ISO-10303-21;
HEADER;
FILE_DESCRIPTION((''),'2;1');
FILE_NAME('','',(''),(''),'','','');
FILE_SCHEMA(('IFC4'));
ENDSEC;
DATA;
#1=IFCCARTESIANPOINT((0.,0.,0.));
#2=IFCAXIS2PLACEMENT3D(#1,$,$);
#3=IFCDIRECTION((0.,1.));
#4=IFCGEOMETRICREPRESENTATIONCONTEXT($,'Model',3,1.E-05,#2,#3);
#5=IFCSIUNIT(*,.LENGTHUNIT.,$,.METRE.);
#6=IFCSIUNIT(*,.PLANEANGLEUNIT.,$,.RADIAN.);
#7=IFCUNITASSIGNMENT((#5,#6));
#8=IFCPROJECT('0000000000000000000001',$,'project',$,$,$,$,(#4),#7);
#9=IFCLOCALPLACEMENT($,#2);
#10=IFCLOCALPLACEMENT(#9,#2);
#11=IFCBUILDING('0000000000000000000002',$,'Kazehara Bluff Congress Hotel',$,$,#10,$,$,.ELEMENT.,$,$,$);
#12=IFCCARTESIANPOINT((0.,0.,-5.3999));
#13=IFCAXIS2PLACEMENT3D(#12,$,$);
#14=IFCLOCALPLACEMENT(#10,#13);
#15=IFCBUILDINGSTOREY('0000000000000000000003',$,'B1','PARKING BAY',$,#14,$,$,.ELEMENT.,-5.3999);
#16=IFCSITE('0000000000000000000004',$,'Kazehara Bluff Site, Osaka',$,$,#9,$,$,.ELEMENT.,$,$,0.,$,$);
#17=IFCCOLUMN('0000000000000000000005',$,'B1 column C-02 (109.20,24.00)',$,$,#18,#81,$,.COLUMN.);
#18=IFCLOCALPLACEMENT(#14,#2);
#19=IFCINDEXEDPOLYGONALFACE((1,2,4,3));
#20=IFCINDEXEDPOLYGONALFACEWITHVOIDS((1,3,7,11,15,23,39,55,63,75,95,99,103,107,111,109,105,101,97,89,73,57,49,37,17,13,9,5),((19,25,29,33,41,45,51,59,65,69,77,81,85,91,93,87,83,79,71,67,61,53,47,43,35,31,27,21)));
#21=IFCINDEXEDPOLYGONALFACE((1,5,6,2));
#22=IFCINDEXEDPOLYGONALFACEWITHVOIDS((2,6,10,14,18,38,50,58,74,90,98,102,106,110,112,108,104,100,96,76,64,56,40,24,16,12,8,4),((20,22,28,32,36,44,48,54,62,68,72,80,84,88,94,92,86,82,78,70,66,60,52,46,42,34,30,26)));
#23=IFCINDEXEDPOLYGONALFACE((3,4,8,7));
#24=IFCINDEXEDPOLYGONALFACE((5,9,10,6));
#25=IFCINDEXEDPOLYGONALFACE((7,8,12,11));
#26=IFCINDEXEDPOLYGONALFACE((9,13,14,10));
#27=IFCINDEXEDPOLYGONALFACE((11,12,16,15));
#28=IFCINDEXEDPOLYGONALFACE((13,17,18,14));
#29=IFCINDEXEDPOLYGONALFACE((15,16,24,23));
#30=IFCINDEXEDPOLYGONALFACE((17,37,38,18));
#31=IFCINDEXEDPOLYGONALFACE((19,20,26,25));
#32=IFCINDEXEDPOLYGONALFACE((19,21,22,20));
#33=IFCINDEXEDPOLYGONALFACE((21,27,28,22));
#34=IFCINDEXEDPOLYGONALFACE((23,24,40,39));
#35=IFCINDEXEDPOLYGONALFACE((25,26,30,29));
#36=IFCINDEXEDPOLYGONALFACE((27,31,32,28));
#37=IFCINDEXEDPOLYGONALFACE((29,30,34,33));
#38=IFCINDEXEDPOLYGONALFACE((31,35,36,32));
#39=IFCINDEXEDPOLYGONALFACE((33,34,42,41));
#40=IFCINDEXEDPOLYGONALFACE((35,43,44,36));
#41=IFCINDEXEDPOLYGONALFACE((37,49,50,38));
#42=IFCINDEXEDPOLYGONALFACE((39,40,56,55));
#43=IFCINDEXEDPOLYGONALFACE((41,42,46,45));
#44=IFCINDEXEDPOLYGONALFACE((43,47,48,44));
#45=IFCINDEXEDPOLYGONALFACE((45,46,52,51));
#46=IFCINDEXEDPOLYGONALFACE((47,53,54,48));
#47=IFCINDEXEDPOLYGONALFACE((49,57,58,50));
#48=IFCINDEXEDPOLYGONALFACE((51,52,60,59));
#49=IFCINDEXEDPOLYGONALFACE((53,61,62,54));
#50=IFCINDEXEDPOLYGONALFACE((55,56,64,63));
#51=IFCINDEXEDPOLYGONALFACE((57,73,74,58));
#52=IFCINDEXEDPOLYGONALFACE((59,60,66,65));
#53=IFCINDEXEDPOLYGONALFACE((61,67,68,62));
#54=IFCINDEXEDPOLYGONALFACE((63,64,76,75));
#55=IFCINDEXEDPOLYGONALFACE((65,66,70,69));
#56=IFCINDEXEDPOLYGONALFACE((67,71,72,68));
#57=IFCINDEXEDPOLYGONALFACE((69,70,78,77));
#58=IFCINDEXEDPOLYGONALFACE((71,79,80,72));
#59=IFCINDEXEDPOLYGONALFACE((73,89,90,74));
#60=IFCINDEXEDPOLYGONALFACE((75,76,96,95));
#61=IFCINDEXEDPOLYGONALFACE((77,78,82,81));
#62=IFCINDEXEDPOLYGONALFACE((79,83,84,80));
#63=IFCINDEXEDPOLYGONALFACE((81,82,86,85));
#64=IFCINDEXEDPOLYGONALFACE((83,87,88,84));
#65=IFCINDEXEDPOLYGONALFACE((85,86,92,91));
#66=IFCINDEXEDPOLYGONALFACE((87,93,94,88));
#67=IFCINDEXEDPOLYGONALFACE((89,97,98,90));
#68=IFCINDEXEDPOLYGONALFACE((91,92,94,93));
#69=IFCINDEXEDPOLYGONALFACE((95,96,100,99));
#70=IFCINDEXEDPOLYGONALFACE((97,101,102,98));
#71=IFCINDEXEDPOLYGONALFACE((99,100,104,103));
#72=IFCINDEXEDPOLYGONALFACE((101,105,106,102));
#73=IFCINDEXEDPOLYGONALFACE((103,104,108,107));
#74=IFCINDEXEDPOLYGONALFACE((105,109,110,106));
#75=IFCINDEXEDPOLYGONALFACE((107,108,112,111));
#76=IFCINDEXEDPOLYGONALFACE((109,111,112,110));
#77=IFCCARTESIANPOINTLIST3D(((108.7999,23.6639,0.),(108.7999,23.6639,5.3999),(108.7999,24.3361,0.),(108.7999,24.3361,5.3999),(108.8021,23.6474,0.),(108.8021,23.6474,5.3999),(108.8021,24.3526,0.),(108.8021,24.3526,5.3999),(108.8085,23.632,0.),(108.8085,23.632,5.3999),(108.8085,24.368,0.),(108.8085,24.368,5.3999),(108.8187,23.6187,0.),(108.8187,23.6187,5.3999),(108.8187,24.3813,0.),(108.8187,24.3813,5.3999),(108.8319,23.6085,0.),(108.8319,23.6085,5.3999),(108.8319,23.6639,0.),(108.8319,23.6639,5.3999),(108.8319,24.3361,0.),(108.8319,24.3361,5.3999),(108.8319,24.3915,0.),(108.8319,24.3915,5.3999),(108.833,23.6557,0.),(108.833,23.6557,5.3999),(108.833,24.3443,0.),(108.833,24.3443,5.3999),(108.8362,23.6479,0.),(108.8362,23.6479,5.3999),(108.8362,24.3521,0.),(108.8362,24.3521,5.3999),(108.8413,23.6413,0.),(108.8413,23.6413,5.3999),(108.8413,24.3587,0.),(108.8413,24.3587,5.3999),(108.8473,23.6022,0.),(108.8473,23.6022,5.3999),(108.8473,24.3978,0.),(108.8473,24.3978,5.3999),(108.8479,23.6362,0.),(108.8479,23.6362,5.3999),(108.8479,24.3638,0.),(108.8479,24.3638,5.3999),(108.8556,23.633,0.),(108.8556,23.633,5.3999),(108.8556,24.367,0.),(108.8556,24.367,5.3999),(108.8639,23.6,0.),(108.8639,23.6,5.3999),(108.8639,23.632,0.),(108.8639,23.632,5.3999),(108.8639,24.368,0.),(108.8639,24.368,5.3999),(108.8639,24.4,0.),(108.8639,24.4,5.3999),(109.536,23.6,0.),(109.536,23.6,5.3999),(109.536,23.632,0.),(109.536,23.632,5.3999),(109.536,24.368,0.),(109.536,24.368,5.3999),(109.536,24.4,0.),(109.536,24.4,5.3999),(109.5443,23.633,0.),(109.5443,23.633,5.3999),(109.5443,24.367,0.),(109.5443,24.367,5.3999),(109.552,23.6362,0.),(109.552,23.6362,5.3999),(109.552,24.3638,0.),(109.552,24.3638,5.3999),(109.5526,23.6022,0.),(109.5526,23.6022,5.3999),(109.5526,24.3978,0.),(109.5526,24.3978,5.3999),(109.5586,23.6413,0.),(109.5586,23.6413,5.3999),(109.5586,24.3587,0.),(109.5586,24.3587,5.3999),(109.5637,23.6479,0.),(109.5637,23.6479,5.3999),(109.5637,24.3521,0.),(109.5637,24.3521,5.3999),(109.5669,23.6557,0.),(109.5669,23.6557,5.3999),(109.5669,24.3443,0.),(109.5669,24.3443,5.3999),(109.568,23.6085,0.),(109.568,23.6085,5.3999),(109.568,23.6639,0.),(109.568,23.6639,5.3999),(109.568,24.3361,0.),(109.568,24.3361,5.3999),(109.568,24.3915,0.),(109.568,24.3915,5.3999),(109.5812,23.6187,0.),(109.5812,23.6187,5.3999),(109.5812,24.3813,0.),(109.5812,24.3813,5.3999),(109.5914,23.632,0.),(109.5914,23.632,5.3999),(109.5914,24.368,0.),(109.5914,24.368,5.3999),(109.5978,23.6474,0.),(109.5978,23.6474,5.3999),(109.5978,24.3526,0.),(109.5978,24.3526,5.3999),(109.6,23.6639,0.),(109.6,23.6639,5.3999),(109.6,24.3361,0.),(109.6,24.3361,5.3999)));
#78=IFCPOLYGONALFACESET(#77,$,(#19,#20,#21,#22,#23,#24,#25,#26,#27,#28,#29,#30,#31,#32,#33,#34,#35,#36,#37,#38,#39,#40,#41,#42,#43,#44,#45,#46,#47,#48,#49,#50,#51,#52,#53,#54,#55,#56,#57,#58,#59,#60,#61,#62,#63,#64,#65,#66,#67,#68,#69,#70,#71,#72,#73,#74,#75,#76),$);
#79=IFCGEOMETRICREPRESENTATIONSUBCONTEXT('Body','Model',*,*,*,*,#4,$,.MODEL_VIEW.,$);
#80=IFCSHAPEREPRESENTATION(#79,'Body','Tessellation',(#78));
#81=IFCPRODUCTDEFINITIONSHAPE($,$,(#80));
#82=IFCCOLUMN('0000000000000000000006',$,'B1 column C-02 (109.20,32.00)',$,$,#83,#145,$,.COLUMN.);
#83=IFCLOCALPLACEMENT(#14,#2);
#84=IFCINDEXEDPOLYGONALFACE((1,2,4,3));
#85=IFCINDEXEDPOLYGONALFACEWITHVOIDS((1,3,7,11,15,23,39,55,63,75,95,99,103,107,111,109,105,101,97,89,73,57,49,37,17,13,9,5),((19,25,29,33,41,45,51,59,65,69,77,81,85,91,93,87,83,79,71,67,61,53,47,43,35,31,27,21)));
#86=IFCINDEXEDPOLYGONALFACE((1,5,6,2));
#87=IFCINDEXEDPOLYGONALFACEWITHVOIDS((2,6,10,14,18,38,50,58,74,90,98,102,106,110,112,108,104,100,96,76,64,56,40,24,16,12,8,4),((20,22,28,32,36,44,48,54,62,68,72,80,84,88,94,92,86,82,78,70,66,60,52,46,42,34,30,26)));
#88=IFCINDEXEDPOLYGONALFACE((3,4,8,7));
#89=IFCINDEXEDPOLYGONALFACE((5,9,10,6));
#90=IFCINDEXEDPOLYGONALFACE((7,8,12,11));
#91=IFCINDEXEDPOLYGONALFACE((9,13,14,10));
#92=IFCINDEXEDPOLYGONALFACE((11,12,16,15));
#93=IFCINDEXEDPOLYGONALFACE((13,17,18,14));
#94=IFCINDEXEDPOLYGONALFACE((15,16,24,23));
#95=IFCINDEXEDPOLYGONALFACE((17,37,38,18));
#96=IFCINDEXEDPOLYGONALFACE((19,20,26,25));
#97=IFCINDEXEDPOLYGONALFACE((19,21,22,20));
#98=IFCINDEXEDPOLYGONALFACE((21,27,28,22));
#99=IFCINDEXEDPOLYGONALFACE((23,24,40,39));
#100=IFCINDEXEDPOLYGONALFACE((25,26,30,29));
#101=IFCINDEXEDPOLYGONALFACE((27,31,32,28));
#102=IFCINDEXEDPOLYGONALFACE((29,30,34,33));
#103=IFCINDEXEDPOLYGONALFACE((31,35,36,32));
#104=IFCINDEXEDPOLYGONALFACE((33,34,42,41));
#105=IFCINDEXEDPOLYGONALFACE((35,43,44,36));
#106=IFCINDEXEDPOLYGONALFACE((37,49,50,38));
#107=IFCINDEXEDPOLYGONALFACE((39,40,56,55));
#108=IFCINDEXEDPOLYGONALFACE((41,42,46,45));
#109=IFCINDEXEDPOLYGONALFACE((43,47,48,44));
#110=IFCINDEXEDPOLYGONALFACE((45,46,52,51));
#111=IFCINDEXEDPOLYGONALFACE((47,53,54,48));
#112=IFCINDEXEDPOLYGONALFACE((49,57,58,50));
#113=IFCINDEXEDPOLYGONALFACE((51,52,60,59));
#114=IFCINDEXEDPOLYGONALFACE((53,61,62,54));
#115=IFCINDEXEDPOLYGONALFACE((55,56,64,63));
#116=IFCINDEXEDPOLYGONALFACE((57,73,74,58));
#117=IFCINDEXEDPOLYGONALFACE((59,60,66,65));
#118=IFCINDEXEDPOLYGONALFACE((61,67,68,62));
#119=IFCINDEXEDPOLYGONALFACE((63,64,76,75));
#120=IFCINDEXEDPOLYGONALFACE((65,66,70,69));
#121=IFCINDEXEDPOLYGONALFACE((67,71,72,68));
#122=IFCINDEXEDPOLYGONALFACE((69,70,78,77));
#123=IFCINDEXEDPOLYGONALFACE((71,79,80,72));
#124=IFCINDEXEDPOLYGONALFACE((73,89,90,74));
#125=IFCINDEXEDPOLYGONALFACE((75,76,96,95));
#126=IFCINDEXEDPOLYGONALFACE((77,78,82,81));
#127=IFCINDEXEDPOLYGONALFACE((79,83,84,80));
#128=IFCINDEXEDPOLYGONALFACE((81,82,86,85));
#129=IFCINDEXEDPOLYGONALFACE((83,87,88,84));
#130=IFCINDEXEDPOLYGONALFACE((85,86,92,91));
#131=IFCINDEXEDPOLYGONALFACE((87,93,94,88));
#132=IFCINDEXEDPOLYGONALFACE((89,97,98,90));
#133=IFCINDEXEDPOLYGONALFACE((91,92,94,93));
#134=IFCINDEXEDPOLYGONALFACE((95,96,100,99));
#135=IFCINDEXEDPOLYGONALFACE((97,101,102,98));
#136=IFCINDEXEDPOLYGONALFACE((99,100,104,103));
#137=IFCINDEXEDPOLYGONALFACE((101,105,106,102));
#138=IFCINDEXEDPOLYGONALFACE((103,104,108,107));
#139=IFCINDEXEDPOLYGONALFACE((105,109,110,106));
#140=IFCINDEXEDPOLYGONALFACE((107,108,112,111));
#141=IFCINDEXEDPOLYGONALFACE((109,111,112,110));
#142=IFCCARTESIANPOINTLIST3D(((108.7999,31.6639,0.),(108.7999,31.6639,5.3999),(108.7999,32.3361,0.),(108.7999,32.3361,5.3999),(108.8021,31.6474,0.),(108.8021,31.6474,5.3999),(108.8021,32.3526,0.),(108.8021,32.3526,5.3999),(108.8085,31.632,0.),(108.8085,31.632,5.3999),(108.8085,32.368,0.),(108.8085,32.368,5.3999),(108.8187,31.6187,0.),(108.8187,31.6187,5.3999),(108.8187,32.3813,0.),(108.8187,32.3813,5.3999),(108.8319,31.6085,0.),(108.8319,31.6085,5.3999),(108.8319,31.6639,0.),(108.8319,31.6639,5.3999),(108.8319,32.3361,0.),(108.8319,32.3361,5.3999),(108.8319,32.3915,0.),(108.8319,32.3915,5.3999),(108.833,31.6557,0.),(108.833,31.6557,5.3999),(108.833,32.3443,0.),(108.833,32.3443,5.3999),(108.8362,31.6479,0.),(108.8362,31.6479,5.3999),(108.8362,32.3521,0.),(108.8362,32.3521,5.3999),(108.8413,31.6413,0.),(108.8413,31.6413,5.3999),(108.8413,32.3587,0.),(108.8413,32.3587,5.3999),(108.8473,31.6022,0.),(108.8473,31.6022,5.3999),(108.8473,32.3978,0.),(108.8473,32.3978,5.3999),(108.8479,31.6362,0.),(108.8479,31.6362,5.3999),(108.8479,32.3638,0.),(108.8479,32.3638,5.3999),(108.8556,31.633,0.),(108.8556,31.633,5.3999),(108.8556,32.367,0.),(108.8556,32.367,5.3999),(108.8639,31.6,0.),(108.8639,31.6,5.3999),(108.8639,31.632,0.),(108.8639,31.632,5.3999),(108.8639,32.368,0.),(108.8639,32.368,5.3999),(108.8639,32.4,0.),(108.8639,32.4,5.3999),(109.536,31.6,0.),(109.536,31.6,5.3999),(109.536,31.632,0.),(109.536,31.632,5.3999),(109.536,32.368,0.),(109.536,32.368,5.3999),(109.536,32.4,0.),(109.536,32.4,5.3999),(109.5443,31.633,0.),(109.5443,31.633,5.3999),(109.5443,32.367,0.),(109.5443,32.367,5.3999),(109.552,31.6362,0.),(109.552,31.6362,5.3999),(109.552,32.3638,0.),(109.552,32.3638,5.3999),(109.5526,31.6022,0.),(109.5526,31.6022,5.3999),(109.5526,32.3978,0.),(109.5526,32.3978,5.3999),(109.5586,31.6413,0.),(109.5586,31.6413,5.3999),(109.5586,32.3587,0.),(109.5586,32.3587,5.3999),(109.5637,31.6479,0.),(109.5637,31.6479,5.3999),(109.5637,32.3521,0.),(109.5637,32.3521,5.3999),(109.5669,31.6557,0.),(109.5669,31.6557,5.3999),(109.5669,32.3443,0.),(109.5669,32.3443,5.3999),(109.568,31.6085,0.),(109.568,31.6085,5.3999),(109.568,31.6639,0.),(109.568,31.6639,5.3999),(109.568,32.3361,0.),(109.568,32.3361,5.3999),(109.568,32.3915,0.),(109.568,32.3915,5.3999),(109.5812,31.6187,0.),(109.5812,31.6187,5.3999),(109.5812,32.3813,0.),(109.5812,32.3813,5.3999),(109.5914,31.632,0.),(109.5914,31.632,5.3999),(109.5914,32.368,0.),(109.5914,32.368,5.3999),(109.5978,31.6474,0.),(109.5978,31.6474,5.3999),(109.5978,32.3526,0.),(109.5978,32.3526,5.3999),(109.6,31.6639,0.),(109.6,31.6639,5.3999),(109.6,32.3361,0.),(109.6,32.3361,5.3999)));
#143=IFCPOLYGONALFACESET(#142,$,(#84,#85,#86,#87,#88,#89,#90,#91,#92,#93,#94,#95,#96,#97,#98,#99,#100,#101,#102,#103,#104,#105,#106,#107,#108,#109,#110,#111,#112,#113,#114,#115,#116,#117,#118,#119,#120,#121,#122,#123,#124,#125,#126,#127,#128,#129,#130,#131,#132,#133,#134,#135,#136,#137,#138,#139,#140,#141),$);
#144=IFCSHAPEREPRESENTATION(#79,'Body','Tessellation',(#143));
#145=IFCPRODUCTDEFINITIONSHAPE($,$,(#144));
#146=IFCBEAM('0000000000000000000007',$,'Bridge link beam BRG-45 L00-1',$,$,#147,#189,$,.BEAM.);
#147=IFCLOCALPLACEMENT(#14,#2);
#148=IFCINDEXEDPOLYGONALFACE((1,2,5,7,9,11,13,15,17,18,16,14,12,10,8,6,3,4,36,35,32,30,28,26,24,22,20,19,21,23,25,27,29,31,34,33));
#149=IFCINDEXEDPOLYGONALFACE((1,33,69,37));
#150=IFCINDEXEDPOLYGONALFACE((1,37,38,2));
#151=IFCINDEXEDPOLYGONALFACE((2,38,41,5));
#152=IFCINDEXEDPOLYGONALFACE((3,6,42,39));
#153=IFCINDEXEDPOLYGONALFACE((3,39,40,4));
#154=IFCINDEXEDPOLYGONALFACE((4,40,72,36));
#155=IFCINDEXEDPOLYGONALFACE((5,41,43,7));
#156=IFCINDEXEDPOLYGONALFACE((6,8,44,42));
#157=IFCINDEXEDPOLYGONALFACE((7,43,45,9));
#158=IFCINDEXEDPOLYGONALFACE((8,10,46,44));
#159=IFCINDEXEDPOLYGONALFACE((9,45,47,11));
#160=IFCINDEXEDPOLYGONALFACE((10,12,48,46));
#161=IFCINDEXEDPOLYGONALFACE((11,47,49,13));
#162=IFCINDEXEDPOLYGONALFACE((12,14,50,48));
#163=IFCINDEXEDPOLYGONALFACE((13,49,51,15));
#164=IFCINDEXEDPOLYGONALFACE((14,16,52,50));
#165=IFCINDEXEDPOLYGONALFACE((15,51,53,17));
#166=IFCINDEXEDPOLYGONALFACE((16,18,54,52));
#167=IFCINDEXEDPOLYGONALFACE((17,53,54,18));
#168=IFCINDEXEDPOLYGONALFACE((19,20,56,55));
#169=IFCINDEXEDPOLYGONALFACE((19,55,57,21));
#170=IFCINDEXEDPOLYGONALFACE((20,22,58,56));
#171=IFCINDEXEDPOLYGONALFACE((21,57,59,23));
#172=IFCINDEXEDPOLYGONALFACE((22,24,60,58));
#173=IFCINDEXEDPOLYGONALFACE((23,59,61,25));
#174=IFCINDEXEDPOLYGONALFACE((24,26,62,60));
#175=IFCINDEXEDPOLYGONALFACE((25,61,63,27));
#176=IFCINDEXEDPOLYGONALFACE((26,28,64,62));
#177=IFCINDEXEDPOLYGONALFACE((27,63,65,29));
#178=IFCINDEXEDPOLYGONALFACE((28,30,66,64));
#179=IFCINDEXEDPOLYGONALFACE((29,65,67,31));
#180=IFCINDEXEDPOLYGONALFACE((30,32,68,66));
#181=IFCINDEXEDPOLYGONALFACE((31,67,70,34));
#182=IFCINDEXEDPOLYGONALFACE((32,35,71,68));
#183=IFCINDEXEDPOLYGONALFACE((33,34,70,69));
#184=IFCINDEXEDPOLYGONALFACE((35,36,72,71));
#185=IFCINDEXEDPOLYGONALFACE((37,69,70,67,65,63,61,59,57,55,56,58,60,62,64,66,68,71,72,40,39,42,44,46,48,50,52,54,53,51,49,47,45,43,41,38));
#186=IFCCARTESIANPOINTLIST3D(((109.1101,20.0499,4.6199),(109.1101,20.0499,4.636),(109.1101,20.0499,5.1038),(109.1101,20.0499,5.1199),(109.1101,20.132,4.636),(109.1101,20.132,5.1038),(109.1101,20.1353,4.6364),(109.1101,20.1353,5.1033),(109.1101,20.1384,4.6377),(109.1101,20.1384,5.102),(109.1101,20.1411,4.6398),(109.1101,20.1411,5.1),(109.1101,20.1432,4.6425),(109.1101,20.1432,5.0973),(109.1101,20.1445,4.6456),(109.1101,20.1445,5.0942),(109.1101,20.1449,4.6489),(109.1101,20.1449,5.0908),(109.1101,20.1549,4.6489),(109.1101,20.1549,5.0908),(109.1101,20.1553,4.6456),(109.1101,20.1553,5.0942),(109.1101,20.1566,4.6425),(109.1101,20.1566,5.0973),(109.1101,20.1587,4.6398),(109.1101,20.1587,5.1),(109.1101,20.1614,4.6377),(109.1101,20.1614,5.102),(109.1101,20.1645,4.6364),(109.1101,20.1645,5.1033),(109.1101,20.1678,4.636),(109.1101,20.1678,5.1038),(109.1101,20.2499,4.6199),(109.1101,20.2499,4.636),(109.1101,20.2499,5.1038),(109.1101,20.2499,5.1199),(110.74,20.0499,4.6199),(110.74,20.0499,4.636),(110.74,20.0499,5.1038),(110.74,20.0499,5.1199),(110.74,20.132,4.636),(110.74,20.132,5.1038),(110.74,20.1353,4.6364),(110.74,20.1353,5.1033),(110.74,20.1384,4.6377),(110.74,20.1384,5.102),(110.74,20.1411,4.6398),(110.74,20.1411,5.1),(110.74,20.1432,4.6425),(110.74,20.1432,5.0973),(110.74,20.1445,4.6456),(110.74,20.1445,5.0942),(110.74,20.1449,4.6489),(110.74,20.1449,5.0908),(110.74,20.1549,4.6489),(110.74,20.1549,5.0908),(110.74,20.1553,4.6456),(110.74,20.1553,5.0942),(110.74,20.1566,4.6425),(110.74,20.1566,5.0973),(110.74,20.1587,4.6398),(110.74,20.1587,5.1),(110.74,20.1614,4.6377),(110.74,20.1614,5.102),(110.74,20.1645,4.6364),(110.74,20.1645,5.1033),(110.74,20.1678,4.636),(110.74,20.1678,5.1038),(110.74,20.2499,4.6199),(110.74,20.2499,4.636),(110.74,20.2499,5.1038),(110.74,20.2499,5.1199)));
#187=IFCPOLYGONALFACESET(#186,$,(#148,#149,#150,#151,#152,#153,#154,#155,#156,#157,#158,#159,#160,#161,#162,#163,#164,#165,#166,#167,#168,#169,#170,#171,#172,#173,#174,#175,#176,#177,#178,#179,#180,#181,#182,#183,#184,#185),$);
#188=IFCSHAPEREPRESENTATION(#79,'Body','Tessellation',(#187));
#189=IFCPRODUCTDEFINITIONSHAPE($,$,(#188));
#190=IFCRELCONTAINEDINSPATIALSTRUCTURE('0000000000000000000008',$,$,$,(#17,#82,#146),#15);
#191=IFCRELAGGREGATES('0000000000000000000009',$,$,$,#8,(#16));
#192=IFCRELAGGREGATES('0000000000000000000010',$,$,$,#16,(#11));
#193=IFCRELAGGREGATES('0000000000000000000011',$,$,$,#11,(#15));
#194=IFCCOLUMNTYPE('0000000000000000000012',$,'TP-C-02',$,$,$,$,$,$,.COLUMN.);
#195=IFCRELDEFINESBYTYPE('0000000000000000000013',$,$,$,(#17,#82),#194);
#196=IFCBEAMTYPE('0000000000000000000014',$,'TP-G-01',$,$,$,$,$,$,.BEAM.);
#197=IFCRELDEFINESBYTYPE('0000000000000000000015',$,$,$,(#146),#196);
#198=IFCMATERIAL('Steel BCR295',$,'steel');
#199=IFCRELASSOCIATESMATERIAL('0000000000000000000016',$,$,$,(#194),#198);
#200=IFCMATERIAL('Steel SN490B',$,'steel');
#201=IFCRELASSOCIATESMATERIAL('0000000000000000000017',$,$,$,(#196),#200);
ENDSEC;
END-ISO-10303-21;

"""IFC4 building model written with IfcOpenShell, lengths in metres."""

from ifc_helpers import new_model, si_unit, direction, frame, origin, origin_2d, place, context, subcontext, project, spatial, hollow_rectangle, i_section, extrude, material, material_profile, profile_set, type_object, element, save


model = new_model("IFC4")

# Units and contexts
model_context = context("Model", 3, precision=1e-05, world=origin(), true_north=direction((0.0, 1.0)))
body_context = subcontext(model_context, "Body", "Model", "MODEL_VIEW")
ifc_project = project(units=[si_unit("LENGTHUNIT", "METRE"), si_unit("PLANEANGLEUNIT", "RADIAN")], contexts=[model_context])

# Site, building, storey
site_placement = place(None, origin())
site = spatial("IfcSite", under=ifc_project, at=site_placement, Name="Kazehara Bluff Site, Osaka", CompositionType="ELEMENT", RefElevation=0.0)
building_placement = place(site_placement, origin())
building = spatial("IfcBuilding", under=site, at=building_placement, Name="Kazehara Bluff Congress Hotel", CompositionType="ELEMENT")
storey_placement = place(building_placement, frame((0.0, 0.0, -5.3999)))
storey = spatial("IfcBuildingStorey", under=building, at=storey_placement, Name="B1", Description="PARKING BAY", CompositionType="ELEMENT", Elevation=-5.3999)

# Columns
ifc_material_1 = material(Name="Steel BCR295", Category="steel")
ifc_material_profile_1 = material_profile(ifc_material_1, hollow_rectangle(XDim=0.8, YDim=0.8, WallThickness=0.032, InnerFilletRadius=0.032, OuterFilletRadius=0.064, at=origin_2d()))
ifc_profile_set_1 = profile_set([ifc_material_profile_1], Name="Steel BCR295")
column_type_1 = type_object("IfcColumnType", Name="TP-C-02", PredefinedType="COLUMN", material=ifc_profile_set_1)
for number, where, z_axis, x_axis, name in (
    (1, (109.2, 24.0, 0.0), (0.0, 0.0, 1.0), (1.0, 0.0, 0.0), "B1 column C-02 (109.20,24.00)"),
    (2, (109.2, 32.0, 0.0), (0.0, 0.0, 1.0), (1.0, 0.0, 0.0), "B1 column C-02 (109.20,32.00)"),
):
    element("IfcColumn", number, at=place(storey_placement, frame(where, z_axis=z_axis, x_axis=x_axis)), inside=storey, type_object=column_type_1, Name=name, PredefinedType="COLUMN", context=body_context, shape_type="SweptSolid", body=[
        extrude(hollow_rectangle(XDim=0.8, YDim=0.8, WallThickness=0.032, InnerFilletRadius=0.032, OuterFilletRadius=0.064, at=origin_2d()), origin(), (0.0, 0.0, 1.0), 5.3999),
    ])

# Beam
ifc_material_2 = material(Name="Steel SN490B", Category="steel")
ifc_material_profile_2 = material_profile(ifc_material_2, i_section(OverallWidth=0.2, OverallDepth=0.5, WebThickness=0.01, FlangeThickness=0.0161, FilletRadius=0.0129, at=origin_2d()))
ifc_profile_set_2 = profile_set([ifc_material_profile_2], Name="Steel SN490B")
beam_type_1 = type_object("IfcBeamType", Name="TP-G-01", PredefinedType="BEAM", material=ifc_profile_set_2)
for number, where, z_axis, x_axis, name in (
    (3, (109.1101, 20.1499, 4.8699), (1.0, 0.0, 0.0), (0.0, 1.0, 0.0), "Bridge link beam BRG-45 L00-1"),
):
    element("IfcBeam", number, at=place(storey_placement, frame(where, z_axis=z_axis, x_axis=x_axis)), inside=storey, type_object=beam_type_1, Name=name, PredefinedType="BEAM", context=body_context, shape_type="SweptSolid", body=[
        extrude(i_section(OverallWidth=0.2, OverallDepth=0.5, WebThickness=0.01, FlangeThickness=0.0161, FilletRadius=0.0129, at=origin_2d()), origin(), (0.0, 0.0, 1.0), 1.6299),
    ])

save(model, "model.ifc")
